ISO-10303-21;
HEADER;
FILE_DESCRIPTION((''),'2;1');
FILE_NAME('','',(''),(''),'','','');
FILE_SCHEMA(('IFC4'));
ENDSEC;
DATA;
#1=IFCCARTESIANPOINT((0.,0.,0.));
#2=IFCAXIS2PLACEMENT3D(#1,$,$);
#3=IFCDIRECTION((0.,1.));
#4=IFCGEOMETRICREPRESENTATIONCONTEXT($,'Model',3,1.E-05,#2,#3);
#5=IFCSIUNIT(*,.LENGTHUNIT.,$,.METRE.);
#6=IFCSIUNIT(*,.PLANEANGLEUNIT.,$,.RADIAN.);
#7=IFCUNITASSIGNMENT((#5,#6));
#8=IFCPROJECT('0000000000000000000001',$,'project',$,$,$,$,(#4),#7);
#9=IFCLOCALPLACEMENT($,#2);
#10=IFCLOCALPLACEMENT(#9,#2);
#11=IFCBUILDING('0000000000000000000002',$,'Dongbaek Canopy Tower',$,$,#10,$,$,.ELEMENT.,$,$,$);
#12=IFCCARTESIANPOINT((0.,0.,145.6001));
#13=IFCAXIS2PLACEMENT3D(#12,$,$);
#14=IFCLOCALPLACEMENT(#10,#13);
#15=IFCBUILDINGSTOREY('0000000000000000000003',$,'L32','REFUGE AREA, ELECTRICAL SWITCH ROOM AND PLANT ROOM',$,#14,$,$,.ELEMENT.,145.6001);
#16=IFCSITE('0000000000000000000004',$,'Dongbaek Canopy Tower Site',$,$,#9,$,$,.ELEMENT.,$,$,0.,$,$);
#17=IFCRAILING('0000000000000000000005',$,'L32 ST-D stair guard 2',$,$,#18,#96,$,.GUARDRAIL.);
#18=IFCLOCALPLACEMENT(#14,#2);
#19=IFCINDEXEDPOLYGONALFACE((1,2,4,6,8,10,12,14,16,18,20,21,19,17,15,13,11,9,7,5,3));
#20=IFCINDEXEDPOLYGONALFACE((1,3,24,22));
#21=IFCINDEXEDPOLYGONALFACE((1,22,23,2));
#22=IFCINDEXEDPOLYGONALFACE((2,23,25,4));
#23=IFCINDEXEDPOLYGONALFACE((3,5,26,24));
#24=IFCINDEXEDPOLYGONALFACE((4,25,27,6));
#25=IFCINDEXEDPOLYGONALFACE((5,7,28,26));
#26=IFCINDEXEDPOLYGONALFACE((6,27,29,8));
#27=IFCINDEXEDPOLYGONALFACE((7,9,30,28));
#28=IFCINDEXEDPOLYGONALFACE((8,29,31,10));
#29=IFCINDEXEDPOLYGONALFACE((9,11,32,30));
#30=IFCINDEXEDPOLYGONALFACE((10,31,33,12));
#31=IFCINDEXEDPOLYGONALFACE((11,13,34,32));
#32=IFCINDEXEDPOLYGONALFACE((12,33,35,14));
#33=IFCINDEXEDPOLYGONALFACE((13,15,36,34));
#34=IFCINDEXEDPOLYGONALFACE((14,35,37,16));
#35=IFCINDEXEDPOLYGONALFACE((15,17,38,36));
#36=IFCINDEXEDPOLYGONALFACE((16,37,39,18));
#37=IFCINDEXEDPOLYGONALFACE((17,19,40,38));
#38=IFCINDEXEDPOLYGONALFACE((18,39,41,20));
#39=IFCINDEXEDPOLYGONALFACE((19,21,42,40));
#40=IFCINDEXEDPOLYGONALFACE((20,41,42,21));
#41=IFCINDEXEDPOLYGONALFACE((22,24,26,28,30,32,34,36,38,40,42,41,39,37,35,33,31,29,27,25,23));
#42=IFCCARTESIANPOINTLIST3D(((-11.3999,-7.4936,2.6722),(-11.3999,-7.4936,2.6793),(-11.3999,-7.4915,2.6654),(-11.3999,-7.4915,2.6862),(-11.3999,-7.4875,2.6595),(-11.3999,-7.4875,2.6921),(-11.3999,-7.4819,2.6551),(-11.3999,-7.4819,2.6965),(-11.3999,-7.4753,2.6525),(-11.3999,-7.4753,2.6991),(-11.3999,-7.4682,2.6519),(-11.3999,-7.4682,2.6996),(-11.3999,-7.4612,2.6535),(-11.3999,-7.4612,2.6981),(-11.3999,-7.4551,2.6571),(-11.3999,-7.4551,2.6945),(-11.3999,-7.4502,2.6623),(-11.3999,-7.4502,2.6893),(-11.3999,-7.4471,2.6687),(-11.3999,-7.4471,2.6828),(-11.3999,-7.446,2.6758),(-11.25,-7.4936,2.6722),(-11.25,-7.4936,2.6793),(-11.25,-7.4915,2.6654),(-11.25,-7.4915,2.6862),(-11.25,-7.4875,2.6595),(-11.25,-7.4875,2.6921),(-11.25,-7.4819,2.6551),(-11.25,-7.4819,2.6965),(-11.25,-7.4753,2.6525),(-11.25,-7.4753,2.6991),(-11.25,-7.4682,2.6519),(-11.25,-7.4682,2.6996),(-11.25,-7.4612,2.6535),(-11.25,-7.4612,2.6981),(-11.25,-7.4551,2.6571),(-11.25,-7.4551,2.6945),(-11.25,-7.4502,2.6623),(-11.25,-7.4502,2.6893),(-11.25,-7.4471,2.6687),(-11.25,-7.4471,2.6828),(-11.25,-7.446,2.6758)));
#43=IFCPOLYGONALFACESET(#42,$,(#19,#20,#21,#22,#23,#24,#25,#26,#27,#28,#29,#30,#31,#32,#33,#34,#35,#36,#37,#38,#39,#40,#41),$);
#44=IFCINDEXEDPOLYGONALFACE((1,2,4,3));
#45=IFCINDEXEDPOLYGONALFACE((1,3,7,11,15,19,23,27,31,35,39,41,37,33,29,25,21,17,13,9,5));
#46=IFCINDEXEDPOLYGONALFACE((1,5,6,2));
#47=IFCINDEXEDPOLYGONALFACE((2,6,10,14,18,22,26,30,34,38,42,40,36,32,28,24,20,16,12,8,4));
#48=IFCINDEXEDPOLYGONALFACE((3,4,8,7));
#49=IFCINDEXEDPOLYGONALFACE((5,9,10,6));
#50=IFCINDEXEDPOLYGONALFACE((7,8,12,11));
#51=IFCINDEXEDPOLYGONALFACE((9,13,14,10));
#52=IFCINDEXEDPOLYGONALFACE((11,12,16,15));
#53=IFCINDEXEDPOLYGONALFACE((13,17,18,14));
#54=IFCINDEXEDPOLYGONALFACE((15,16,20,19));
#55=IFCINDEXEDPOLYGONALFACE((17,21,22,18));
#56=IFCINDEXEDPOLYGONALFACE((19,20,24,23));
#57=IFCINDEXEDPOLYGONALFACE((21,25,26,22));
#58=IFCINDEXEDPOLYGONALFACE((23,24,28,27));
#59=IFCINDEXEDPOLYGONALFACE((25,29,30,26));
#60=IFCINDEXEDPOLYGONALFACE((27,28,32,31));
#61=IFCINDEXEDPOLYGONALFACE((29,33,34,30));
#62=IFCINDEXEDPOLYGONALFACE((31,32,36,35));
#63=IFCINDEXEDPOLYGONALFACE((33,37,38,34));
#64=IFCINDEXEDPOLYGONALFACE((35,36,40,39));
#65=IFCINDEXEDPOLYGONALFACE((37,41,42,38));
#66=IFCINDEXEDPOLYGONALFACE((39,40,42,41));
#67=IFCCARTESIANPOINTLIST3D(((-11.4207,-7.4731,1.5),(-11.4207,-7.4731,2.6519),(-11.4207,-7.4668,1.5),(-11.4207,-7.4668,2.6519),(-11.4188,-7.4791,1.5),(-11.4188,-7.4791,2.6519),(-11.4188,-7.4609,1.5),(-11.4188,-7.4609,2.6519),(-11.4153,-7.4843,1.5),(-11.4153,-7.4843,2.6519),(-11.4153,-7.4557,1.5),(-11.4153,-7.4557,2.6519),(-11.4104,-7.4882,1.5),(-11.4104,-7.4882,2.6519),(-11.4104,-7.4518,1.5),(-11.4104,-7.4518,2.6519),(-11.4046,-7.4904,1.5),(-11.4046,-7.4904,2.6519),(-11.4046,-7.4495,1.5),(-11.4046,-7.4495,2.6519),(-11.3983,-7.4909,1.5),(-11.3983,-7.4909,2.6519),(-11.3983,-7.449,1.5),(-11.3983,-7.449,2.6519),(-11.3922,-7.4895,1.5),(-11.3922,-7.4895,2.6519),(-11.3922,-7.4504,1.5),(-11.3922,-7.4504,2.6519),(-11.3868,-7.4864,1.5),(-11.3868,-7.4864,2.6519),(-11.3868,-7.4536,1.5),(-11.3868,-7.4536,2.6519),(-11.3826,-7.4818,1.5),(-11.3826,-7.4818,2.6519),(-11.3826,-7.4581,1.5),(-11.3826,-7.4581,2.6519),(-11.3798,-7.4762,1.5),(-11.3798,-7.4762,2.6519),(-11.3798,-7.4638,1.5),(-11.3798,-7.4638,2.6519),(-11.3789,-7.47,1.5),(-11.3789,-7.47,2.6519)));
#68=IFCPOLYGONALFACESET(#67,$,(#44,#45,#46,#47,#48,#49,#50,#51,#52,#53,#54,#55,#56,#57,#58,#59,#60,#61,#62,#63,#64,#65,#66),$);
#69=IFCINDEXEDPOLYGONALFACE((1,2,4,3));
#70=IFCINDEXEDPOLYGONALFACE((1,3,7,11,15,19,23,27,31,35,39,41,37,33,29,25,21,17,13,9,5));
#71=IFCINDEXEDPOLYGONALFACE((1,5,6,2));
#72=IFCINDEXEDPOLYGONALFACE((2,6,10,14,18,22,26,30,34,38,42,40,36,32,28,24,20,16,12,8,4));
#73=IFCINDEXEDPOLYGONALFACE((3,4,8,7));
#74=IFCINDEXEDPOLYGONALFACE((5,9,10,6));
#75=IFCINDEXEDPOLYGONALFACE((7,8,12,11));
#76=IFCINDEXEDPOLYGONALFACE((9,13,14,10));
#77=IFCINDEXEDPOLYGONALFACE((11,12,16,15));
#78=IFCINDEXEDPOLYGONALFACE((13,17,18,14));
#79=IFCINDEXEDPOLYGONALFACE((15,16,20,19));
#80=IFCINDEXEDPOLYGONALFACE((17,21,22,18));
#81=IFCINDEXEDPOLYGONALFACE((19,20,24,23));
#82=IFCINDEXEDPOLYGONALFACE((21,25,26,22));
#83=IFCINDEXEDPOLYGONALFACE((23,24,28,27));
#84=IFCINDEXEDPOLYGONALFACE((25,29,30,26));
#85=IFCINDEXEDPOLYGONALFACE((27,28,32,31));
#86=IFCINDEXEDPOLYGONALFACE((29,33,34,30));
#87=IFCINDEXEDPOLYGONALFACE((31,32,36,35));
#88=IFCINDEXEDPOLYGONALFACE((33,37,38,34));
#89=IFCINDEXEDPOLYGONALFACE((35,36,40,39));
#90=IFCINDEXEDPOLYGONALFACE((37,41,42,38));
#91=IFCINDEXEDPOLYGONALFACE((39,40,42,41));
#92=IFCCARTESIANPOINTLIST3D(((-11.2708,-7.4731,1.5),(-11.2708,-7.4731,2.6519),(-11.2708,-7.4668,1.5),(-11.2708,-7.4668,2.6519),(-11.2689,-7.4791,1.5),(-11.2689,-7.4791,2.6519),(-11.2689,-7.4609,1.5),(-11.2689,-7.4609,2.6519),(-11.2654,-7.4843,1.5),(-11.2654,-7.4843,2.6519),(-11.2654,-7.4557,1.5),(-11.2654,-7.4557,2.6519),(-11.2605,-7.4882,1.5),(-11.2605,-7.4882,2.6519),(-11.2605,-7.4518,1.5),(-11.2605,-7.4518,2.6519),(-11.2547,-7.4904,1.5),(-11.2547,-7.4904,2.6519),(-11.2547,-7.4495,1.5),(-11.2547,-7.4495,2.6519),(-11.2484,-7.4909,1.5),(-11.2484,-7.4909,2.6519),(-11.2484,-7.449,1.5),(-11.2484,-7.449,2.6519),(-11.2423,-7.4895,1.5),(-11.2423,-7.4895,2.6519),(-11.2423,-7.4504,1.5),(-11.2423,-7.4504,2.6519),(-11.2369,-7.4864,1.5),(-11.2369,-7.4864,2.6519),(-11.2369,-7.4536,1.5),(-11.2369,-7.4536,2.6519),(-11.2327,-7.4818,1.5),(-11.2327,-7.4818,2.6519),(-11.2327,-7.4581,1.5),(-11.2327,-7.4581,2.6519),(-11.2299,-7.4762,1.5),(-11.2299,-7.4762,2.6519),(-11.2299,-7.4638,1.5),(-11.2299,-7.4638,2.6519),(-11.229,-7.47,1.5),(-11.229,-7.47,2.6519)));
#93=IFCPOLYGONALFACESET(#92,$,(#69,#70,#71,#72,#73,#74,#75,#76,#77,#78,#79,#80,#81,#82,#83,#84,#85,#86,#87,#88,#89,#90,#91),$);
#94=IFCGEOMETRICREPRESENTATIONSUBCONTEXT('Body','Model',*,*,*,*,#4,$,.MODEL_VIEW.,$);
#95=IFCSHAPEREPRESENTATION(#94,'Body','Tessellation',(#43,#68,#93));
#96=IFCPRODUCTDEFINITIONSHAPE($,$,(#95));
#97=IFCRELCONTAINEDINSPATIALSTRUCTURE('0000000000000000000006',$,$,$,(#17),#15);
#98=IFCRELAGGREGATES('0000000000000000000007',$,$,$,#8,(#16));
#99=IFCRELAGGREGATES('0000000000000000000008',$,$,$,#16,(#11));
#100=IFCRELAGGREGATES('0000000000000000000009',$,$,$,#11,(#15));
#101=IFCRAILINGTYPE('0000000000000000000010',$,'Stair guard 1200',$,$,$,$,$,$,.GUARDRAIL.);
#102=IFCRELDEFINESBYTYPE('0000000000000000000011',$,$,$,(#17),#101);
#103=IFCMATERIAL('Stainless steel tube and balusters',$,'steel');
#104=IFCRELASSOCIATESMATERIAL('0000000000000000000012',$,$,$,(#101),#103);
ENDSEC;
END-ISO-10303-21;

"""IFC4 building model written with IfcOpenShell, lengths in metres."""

from ifc_helpers import new_model, si_unit, direction, frame, origin, origin_2d, place, context, subcontext, project, spatial, circle, extrude, material, type_object, element, save


model = new_model("IFC4")

# Units and contexts
model_context = context("Model", 3, precision=1e-05, world=origin(), true_north=direction((0.0, 1.0)))
body_context = subcontext(model_context, "Body", "Model", "MODEL_VIEW")
ifc_project = project(units=[si_unit("LENGTHUNIT", "METRE"), si_unit("PLANEANGLEUNIT", "RADIAN")], contexts=[model_context])

# Site, building, storey
site_placement = place(None, origin())
site = spatial("IfcSite", under=ifc_project, at=site_placement, Name="Dongbaek Canopy Tower Site", CompositionType="ELEMENT", RefElevation=0.0)
building_placement = place(site_placement, origin())
building = spatial("IfcBuilding", under=site, at=building_placement, Name="Dongbaek Canopy Tower", CompositionType="ELEMENT")
storey_placement = place(building_placement, frame((0.0, 0.0, 145.6001)))
storey = spatial("IfcBuildingStorey", under=building, at=storey_placement, Name="L32", Description="REFUGE AREA, ELECTRICAL SWITCH ROOM AND PLANT ROOM", CompositionType="ELEMENT", Elevation=145.6001)

# Railing
ifc_material_1 = material(Name="Stainless steel tube and balusters", Category="steel")
railing_type_1 = type_object("IfcRailingType", Name="Stair guard 1200", PredefinedType="GUARDRAIL", material=ifc_material_1)
railing_1_placement = place(storey_placement, frame((-11.3999, -7.47, 1.5)))
element("IfcRailing", 1, at=railing_1_placement, inside=storey, type_object=railing_type_1, Name="L32 ST-D stair guard 2", PredefinedType="GUARDRAIL", context=body_context, shape_type="SweptSolid", body=[
    extrude(circle(Radius=0.0239, at=origin_2d()), frame((0.0, 0.0, 1.1758), z_axis=(1.0, 0.0, 0.0), x_axis=(0.0, 1.0, 0.0)), (0.0, 0.0, 1.0), 0.1499),
    extrude(circle(Radius=0.021, at=origin_2d()), origin(), (0.0, 0.0, 1.0), 1.1519),
    extrude(circle(Radius=0.021, at=origin_2d()), frame((0.1499, 0.0, 0.0)), (0.0, 0.0, 1.0), 1.1519),
])

save(model, "model.ifc")
